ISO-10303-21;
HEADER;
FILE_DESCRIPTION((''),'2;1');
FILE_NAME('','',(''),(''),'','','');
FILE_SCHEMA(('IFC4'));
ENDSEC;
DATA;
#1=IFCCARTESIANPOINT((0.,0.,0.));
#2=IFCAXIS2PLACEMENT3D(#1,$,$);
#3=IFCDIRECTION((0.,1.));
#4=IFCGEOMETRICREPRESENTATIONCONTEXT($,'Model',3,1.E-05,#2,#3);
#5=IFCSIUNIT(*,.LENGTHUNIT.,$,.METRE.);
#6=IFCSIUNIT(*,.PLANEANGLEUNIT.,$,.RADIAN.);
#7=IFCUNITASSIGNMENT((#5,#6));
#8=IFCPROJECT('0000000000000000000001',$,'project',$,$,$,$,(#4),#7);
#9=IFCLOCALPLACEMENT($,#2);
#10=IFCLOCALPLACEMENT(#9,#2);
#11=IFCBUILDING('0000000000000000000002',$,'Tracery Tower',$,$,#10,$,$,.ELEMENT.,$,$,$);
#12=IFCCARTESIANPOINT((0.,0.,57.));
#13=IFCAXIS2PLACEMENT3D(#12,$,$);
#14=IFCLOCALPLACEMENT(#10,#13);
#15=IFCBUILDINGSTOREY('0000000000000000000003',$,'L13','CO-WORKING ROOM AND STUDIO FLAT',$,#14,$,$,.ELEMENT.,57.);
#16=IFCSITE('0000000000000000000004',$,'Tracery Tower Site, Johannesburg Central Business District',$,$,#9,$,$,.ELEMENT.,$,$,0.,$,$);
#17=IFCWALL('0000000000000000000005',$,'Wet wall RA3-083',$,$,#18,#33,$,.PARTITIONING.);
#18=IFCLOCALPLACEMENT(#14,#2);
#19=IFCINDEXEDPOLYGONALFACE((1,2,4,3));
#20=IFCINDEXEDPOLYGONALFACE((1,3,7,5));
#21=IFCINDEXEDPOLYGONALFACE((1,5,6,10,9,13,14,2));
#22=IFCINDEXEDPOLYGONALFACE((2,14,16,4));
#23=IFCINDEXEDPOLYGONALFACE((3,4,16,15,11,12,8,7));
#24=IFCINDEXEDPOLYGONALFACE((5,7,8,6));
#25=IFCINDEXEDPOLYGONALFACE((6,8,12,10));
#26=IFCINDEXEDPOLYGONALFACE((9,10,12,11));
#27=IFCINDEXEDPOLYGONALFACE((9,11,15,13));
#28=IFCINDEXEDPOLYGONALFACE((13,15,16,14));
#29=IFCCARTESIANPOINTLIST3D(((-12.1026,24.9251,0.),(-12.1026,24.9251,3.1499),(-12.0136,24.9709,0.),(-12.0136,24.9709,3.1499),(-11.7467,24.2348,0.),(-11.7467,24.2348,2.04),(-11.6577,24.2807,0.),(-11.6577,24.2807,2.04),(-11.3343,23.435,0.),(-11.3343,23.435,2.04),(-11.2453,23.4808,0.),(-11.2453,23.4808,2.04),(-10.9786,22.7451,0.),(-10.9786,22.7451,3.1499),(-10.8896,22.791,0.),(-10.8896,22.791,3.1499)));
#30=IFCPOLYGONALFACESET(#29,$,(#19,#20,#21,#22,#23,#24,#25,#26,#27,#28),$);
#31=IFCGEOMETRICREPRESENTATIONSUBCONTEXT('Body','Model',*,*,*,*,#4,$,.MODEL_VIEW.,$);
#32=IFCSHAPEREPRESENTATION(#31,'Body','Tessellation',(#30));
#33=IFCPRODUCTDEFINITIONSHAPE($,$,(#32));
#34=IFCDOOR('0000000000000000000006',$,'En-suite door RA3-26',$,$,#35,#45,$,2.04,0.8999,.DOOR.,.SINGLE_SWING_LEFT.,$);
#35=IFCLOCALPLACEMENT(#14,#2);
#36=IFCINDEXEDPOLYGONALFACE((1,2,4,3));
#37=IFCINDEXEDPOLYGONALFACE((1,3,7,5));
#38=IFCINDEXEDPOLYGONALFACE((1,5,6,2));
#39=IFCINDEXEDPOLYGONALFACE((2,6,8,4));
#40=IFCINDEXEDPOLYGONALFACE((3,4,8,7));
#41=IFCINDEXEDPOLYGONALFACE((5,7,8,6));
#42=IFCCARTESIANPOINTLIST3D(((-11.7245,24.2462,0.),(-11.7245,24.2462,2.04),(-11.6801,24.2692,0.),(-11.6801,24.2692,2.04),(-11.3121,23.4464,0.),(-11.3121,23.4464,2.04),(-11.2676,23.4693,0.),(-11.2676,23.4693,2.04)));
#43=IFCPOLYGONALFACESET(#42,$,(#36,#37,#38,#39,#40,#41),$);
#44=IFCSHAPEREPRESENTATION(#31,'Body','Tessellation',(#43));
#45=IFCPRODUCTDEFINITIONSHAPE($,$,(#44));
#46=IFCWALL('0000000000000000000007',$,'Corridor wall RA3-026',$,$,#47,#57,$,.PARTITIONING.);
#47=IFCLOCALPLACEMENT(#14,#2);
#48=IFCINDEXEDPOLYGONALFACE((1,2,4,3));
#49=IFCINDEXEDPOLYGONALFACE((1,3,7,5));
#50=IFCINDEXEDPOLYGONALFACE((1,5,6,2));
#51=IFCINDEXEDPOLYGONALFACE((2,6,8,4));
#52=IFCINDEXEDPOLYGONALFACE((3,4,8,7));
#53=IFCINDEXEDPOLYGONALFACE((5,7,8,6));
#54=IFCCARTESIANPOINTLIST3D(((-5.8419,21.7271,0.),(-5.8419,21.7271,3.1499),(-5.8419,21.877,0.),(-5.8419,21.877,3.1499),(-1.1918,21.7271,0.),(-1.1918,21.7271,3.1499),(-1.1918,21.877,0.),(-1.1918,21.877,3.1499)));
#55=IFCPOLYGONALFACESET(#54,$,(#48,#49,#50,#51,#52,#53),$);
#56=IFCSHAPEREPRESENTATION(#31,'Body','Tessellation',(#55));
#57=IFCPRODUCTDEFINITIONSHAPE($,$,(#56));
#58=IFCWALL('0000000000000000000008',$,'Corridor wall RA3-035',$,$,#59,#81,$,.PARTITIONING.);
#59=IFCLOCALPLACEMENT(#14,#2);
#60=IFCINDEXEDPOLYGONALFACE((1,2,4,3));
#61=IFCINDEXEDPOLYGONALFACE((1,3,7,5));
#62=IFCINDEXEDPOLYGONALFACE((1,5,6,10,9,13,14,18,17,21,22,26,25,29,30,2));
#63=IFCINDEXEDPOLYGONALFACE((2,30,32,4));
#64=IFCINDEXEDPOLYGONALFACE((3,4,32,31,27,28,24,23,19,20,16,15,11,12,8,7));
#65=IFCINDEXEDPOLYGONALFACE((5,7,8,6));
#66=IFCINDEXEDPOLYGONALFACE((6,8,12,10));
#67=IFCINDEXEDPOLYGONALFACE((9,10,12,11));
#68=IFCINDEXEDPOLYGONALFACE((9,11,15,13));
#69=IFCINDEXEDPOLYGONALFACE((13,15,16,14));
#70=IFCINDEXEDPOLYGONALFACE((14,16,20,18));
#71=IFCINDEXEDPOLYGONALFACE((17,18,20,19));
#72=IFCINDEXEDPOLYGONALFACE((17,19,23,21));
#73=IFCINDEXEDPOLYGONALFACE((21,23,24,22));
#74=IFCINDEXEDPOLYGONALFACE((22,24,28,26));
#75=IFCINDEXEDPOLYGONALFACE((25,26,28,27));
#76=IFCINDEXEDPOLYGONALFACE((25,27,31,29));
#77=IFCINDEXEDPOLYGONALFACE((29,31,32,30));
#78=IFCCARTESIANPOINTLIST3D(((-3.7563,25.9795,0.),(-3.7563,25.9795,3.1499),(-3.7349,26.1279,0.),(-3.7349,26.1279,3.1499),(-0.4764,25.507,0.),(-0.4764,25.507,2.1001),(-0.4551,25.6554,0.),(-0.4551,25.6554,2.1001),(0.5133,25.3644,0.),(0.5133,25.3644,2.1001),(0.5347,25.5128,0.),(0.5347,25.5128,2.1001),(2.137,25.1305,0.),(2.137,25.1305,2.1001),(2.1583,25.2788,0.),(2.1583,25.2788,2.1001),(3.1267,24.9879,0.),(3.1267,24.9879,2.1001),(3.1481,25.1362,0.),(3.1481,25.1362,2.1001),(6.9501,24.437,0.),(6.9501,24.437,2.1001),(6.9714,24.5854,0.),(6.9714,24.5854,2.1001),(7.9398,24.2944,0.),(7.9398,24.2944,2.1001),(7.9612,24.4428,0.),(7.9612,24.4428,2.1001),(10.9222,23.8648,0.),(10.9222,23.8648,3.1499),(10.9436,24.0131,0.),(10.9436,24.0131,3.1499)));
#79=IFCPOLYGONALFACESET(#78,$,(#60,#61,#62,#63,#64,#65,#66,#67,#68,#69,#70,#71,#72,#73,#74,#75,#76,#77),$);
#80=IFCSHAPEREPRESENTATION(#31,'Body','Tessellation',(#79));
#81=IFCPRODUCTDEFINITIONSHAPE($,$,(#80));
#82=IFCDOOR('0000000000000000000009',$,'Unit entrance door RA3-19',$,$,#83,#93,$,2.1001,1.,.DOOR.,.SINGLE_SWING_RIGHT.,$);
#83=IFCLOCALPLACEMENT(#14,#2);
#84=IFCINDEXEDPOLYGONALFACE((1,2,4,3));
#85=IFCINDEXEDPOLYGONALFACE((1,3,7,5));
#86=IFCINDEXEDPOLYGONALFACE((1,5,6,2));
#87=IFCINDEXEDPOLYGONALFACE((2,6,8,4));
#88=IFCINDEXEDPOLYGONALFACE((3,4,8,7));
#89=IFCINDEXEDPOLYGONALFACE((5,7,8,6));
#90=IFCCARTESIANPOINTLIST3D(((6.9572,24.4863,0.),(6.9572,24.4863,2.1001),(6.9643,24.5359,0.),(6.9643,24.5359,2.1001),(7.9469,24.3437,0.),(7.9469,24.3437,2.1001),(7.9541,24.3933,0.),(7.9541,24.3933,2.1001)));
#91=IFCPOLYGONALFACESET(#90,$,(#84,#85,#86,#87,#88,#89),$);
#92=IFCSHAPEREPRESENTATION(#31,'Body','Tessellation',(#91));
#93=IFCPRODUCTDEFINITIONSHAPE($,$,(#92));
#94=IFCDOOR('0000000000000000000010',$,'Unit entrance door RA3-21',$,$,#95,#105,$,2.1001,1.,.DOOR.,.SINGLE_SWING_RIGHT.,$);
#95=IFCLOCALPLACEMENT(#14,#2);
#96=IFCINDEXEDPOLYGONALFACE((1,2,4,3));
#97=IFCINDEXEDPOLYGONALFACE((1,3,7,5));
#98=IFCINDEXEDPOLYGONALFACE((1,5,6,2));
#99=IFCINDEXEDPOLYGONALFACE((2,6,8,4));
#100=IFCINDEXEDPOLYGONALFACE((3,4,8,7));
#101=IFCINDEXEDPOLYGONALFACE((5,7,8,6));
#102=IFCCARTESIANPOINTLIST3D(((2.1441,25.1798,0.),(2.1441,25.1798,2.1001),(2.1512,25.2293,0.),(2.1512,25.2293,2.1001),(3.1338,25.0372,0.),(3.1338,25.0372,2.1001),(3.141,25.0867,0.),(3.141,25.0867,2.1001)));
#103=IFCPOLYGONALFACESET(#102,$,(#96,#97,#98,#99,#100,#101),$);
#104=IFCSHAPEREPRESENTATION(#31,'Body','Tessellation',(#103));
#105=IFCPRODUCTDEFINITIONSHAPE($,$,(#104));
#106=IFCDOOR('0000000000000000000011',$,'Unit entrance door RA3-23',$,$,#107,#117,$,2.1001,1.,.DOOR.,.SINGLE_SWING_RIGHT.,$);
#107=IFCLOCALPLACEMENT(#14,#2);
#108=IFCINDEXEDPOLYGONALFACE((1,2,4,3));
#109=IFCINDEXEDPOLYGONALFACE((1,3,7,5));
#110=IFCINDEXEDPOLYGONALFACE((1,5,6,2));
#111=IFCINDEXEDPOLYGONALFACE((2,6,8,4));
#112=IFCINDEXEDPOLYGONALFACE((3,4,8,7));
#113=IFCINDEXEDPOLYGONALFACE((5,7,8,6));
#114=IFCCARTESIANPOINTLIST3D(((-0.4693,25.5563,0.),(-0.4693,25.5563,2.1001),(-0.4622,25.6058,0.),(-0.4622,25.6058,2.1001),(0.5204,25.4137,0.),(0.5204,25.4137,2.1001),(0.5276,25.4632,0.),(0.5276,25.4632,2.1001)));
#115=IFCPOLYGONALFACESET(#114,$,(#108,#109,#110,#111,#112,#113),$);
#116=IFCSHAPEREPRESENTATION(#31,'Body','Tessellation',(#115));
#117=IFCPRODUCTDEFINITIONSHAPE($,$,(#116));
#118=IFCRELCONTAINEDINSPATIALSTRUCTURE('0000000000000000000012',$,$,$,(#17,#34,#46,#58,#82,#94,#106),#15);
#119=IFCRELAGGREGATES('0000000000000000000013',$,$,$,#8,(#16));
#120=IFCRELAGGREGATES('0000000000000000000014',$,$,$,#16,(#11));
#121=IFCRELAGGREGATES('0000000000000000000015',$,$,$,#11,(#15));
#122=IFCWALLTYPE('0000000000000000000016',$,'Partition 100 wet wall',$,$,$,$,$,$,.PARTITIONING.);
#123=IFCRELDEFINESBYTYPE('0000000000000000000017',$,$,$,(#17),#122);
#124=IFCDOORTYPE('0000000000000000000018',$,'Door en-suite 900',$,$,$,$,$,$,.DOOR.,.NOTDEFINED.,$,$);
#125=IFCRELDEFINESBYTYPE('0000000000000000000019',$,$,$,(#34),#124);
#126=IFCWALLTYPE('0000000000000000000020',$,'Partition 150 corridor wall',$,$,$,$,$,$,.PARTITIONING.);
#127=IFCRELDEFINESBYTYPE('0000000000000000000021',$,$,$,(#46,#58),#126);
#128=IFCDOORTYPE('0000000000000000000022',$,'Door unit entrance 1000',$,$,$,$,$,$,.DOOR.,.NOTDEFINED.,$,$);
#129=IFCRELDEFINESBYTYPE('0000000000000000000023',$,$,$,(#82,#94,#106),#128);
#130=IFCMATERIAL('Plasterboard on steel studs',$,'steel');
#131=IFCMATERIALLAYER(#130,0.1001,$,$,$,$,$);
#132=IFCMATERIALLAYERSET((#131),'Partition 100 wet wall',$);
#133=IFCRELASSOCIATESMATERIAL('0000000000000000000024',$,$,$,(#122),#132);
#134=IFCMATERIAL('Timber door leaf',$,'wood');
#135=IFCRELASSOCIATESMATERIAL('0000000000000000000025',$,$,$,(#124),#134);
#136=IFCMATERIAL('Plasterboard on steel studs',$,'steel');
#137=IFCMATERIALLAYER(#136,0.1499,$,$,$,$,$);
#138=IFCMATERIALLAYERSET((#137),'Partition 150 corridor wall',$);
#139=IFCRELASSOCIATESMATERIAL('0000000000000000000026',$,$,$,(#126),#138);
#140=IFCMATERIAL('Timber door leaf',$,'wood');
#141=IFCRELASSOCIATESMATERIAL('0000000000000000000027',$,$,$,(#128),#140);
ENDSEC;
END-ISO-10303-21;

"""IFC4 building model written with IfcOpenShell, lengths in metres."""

from ifc_helpers import new_model, si_unit, direction, frame, frame_2d, origin, place, context, subcontext, project, spatial, rectangle, extrude, material, layer, layer_set, type_object, element, fill, save


model = new_model("IFC4")

# Units and contexts
model_context = context("Model", 3, precision=1e-05, world=origin(), true_north=direction((0.0, 1.0)))
body_context = subcontext(model_context, "Body", "Model", "MODEL_VIEW")
ifc_project = project(units=[si_unit("LENGTHUNIT", "METRE"), si_unit("PLANEANGLEUNIT", "RADIAN")], contexts=[model_context])

# Site, building, storey
site_placement = place(None, origin())
site = spatial("IfcSite", under=ifc_project, at=site_placement, Name="Tracery Tower Site, Johannesburg Central Business District", CompositionType="ELEMENT", RefElevation=0.0)
building_placement = place(site_placement, origin())
building = spatial("IfcBuilding", under=site, at=building_placement, Name="Tracery Tower", CompositionType="ELEMENT")
storey_placement = place(building_placement, frame((0.0, 0.0, 57.0)))
storey = spatial("IfcBuildingStorey", under=building, at=storey_placement, Name="L13", Description="CO-WORKING ROOM AND STUDIO FLAT", CompositionType="ELEMENT", Elevation=57.0)

# Shared definitions
ifc_material_1 = material(Name="Plasterboard on steel studs", Category="steel")
ifc_layer_1 = layer(ifc_material_1, 0.1001)
ifc_layer_set_1 = layer_set([ifc_layer_1], Name="Partition 100 wet wall")
wall_type_1 = type_object("IfcWallType", Name="Partition 100 wet wall", PredefinedType="PARTITIONING", material=ifc_layer_set_1)

# Shared definitions
ifc_material_2 = material(Name="Timber door leaf", Category="wood")
door_type_1 = type_object("IfcDoorType", Name="Door en-suite 900", OperationType="NOTDEFINED", PredefinedType="DOOR", material=ifc_material_2)

# Wall, opening, door
wall_1_placement = place(storey_placement, frame((-12.0581, 24.948, 0.0), z_axis=(0.0, 0.0, 1.0), x_axis=(0.458288, -0.888804, 0.0)))
wall_1 = element("IfcWall", 1, at=wall_1_placement, inside=storey, type_object=wall_type_1, Name="Wet wall RA3-083", PredefinedType="PARTITIONING", context=body_context, shape_type="SweptSolid", body=[
    extrude(rectangle(XDim=2.4526, YDim=0.1001, at=frame_2d((1.2263, 0.0))), origin(), (0.0, 0.0, 1.0), 3.1499),
])
opening_1_placement = place(wall_1_placement, frame((0.7766, 0.0, 0.0)))
opening_1 = element("IfcOpeningElement", 2, at=opening_1_placement, cuts=wall_1, PredefinedType="OPENING", context=body_context, shape_type="SweptSolid", body=[
    extrude(rectangle(XDim=0.8999, YDim=2.04, at=frame_2d((0.45, 1.02))), frame((0.0, 0.05, 0.0), z_axis=(0.0, -1.0, 0.0), x_axis=(1.0, 0.0, 0.0)), (0.0, 0.0, 1.0), 0.1001),
])
door_1_placement = place(opening_1_placement, origin())
door_1 = element("IfcDoor", 3, at=door_1_placement, inside=storey, type_object=door_type_1, Name="En-suite door RA3-26", OperationType="SINGLE_SWING_LEFT", OverallHeight=2.04, OverallWidth=0.8999, PredefinedType="DOOR", context=body_context, shape_type="SweptSolid", body=[
    extrude(rectangle(XDim=0.8999, YDim=2.04, at=frame_2d((0.45, 1.02))), frame((0.0, 0.0249, 0.0), z_axis=(0.0, -1.0, 0.0), x_axis=(1.0, 0.0, 0.0)), (0.0, 0.0, 1.0), 0.05),
])
fill(opening_1, door_1)

# Wall
ifc_material_3 = material(Name="Plasterboard on steel studs", Category="steel")
ifc_layer_2 = layer(ifc_material_3, 0.1499)
ifc_layer_set_2 = layer_set([ifc_layer_2], Name="Partition 150 corridor wall")
wall_type_2 = type_object("IfcWallType", Name="Partition 150 corridor wall", PredefinedType="PARTITIONING", material=ifc_layer_set_2)
wall_2_placement = place(storey_placement, frame((-5.842, 21.802, 0.0), z_axis=(0.0, 0.0, 1.0), x_axis=(1.0, 0.0, 0.0)))
element("IfcWall", 4, at=wall_2_placement, inside=storey, type_object=wall_type_2, Name="Corridor wall RA3-026", PredefinedType="PARTITIONING", context=body_context, shape_type="SweptSolid", body=[
    extrude(rectangle(XDim=4.6501, YDim=0.1499, at=frame_2d((2.3252, 0.0))), origin(), (0.0, 0.0, 1.0), 3.1499),
])

# Wall, openings, doors
wall_3_placement = place(storey_placement, frame((-3.7456, 26.0537, 0.0), z_axis=(0.0, 0.0, 1.0), x_axis=(0.989781, -0.142599, 0.0)))
wall_3 = element("IfcWall", 5, at=wall_3_placement, inside=storey, type_object=wall_type_2, Name="Corridor wall RA3-035", PredefinedType="PARTITIONING", context=body_context, shape_type="SweptSolid", body=[
    extrude(rectangle(XDim=14.8301, YDim=0.1499, at=frame_2d((7.415, 0.0))), origin(), (0.0, 0.0, 1.0), 3.1499),
])
opening_2_placement = place(wall_3_placement, frame((10.8169, 0.0, 0.0)))
opening_2 = element("IfcOpeningElement", 6, at=opening_2_placement, cuts=wall_3, PredefinedType="OPENING", context=body_context, shape_type="SweptSolid", body=[
    extrude(rectangle(XDim=1.0, YDim=2.1001, at=frame_2d((0.5, 1.05))), frame((0.0, 0.075, 0.0), z_axis=(0.0, -1.0, 0.0), x_axis=(1.0, 0.0, 0.0)), (0.0, 0.0, 1.0), 0.1499),
])
opening_3_placement = place(wall_3_placement, frame((5.9541, 0.0, 0.0)))
opening_3 = element("IfcOpeningElement", 7, at=opening_3_placement, cuts=wall_3, PredefinedType="OPENING", context=body_context, shape_type="SweptSolid", body=[
    extrude(rectangle(XDim=1.0, YDim=2.1001, at=frame_2d((0.5, 1.05))), frame((0.0, 0.075, 0.0), z_axis=(0.0, -1.0, 0.0), x_axis=(1.0, 0.0, 0.0)), (0.0, 0.0, 1.0), 0.1499),
])
opening_4_placement = place(wall_3_placement, frame((3.3137, 0.0, 0.0)))
opening_4 = element("IfcOpeningElement", 8, at=opening_4_placement, cuts=wall_3, PredefinedType="OPENING", context=body_context, shape_type="SweptSolid", body=[
    extrude(rectangle(XDim=1.0, YDim=2.1001, at=frame_2d((0.5, 1.05))), frame((0.0, 0.075, 0.0), z_axis=(0.0, -1.0, 0.0), x_axis=(1.0, 0.0, 0.0)), (0.0, 0.0, 1.0), 0.1499),
])
ifc_material_4 = material(Name="Timber door leaf", Category="wood")
door_type_2 = type_object("IfcDoorType", Name="Door unit entrance 1000", OperationType="NOTDEFINED", PredefinedType="DOOR", material=ifc_material_4)
door_2_placement = place(opening_2_placement, origin())
door_2 = element("IfcDoor", 9, at=door_2_placement, inside=storey, type_object=door_type_2, Name="Unit entrance door RA3-19", OperationType="SINGLE_SWING_RIGHT", OverallHeight=2.1001, OverallWidth=1.0, PredefinedType="DOOR", context=body_context, shape_type="SweptSolid", body=[
    extrude(rectangle(XDim=1.0, YDim=2.1001, at=frame_2d((0.5, 1.05))), frame((0.0, 0.0249, 0.0), z_axis=(0.0, -1.0, 0.0), x_axis=(1.0, 0.0, 0.0)), (0.0, 0.0, 1.0), 0.05),
])
fill(opening_2, door_2)
door_3_placement = place(opening_3_placement, origin())
door_3 = element("IfcDoor", 10, at=door_3_placement, inside=storey, type_object=door_type_2, Name="Unit entrance door RA3-21", OperationType="SINGLE_SWING_RIGHT", OverallHeight=2.1001, OverallWidth=1.0, PredefinedType="DOOR", context=body_context, shape_type="SweptSolid", body=[
    extrude(rectangle(XDim=1.0, YDim=2.1001, at=frame_2d((0.5, 1.05))), frame((0.0, 0.0249, 0.0), z_axis=(0.0, -1.0, 0.0), x_axis=(1.0, 0.0, 0.0)), (0.0, 0.0, 1.0), 0.05),
])
fill(opening_3, door_3)
door_4_placement = place(opening_4_placement, origin())
door_4 = element("IfcDoor", 11, at=door_4_placement, inside=storey, type_object=door_type_2, Name="Unit entrance door RA3-23", OperationType="SINGLE_SWING_RIGHT", OverallHeight=2.1001, OverallWidth=1.0, PredefinedType="DOOR", context=body_context, shape_type="SweptSolid", body=[
    extrude(rectangle(XDim=1.0, YDim=2.1001, at=frame_2d((0.5, 1.05))), frame((0.0, 0.0249, 0.0), z_axis=(0.0, -1.0, 0.0), x_axis=(1.0, 0.0, 0.0)), (0.0, 0.0, 1.0), 0.05),
])
fill(opening_4, door_4)

save(model, "model.ifc")
